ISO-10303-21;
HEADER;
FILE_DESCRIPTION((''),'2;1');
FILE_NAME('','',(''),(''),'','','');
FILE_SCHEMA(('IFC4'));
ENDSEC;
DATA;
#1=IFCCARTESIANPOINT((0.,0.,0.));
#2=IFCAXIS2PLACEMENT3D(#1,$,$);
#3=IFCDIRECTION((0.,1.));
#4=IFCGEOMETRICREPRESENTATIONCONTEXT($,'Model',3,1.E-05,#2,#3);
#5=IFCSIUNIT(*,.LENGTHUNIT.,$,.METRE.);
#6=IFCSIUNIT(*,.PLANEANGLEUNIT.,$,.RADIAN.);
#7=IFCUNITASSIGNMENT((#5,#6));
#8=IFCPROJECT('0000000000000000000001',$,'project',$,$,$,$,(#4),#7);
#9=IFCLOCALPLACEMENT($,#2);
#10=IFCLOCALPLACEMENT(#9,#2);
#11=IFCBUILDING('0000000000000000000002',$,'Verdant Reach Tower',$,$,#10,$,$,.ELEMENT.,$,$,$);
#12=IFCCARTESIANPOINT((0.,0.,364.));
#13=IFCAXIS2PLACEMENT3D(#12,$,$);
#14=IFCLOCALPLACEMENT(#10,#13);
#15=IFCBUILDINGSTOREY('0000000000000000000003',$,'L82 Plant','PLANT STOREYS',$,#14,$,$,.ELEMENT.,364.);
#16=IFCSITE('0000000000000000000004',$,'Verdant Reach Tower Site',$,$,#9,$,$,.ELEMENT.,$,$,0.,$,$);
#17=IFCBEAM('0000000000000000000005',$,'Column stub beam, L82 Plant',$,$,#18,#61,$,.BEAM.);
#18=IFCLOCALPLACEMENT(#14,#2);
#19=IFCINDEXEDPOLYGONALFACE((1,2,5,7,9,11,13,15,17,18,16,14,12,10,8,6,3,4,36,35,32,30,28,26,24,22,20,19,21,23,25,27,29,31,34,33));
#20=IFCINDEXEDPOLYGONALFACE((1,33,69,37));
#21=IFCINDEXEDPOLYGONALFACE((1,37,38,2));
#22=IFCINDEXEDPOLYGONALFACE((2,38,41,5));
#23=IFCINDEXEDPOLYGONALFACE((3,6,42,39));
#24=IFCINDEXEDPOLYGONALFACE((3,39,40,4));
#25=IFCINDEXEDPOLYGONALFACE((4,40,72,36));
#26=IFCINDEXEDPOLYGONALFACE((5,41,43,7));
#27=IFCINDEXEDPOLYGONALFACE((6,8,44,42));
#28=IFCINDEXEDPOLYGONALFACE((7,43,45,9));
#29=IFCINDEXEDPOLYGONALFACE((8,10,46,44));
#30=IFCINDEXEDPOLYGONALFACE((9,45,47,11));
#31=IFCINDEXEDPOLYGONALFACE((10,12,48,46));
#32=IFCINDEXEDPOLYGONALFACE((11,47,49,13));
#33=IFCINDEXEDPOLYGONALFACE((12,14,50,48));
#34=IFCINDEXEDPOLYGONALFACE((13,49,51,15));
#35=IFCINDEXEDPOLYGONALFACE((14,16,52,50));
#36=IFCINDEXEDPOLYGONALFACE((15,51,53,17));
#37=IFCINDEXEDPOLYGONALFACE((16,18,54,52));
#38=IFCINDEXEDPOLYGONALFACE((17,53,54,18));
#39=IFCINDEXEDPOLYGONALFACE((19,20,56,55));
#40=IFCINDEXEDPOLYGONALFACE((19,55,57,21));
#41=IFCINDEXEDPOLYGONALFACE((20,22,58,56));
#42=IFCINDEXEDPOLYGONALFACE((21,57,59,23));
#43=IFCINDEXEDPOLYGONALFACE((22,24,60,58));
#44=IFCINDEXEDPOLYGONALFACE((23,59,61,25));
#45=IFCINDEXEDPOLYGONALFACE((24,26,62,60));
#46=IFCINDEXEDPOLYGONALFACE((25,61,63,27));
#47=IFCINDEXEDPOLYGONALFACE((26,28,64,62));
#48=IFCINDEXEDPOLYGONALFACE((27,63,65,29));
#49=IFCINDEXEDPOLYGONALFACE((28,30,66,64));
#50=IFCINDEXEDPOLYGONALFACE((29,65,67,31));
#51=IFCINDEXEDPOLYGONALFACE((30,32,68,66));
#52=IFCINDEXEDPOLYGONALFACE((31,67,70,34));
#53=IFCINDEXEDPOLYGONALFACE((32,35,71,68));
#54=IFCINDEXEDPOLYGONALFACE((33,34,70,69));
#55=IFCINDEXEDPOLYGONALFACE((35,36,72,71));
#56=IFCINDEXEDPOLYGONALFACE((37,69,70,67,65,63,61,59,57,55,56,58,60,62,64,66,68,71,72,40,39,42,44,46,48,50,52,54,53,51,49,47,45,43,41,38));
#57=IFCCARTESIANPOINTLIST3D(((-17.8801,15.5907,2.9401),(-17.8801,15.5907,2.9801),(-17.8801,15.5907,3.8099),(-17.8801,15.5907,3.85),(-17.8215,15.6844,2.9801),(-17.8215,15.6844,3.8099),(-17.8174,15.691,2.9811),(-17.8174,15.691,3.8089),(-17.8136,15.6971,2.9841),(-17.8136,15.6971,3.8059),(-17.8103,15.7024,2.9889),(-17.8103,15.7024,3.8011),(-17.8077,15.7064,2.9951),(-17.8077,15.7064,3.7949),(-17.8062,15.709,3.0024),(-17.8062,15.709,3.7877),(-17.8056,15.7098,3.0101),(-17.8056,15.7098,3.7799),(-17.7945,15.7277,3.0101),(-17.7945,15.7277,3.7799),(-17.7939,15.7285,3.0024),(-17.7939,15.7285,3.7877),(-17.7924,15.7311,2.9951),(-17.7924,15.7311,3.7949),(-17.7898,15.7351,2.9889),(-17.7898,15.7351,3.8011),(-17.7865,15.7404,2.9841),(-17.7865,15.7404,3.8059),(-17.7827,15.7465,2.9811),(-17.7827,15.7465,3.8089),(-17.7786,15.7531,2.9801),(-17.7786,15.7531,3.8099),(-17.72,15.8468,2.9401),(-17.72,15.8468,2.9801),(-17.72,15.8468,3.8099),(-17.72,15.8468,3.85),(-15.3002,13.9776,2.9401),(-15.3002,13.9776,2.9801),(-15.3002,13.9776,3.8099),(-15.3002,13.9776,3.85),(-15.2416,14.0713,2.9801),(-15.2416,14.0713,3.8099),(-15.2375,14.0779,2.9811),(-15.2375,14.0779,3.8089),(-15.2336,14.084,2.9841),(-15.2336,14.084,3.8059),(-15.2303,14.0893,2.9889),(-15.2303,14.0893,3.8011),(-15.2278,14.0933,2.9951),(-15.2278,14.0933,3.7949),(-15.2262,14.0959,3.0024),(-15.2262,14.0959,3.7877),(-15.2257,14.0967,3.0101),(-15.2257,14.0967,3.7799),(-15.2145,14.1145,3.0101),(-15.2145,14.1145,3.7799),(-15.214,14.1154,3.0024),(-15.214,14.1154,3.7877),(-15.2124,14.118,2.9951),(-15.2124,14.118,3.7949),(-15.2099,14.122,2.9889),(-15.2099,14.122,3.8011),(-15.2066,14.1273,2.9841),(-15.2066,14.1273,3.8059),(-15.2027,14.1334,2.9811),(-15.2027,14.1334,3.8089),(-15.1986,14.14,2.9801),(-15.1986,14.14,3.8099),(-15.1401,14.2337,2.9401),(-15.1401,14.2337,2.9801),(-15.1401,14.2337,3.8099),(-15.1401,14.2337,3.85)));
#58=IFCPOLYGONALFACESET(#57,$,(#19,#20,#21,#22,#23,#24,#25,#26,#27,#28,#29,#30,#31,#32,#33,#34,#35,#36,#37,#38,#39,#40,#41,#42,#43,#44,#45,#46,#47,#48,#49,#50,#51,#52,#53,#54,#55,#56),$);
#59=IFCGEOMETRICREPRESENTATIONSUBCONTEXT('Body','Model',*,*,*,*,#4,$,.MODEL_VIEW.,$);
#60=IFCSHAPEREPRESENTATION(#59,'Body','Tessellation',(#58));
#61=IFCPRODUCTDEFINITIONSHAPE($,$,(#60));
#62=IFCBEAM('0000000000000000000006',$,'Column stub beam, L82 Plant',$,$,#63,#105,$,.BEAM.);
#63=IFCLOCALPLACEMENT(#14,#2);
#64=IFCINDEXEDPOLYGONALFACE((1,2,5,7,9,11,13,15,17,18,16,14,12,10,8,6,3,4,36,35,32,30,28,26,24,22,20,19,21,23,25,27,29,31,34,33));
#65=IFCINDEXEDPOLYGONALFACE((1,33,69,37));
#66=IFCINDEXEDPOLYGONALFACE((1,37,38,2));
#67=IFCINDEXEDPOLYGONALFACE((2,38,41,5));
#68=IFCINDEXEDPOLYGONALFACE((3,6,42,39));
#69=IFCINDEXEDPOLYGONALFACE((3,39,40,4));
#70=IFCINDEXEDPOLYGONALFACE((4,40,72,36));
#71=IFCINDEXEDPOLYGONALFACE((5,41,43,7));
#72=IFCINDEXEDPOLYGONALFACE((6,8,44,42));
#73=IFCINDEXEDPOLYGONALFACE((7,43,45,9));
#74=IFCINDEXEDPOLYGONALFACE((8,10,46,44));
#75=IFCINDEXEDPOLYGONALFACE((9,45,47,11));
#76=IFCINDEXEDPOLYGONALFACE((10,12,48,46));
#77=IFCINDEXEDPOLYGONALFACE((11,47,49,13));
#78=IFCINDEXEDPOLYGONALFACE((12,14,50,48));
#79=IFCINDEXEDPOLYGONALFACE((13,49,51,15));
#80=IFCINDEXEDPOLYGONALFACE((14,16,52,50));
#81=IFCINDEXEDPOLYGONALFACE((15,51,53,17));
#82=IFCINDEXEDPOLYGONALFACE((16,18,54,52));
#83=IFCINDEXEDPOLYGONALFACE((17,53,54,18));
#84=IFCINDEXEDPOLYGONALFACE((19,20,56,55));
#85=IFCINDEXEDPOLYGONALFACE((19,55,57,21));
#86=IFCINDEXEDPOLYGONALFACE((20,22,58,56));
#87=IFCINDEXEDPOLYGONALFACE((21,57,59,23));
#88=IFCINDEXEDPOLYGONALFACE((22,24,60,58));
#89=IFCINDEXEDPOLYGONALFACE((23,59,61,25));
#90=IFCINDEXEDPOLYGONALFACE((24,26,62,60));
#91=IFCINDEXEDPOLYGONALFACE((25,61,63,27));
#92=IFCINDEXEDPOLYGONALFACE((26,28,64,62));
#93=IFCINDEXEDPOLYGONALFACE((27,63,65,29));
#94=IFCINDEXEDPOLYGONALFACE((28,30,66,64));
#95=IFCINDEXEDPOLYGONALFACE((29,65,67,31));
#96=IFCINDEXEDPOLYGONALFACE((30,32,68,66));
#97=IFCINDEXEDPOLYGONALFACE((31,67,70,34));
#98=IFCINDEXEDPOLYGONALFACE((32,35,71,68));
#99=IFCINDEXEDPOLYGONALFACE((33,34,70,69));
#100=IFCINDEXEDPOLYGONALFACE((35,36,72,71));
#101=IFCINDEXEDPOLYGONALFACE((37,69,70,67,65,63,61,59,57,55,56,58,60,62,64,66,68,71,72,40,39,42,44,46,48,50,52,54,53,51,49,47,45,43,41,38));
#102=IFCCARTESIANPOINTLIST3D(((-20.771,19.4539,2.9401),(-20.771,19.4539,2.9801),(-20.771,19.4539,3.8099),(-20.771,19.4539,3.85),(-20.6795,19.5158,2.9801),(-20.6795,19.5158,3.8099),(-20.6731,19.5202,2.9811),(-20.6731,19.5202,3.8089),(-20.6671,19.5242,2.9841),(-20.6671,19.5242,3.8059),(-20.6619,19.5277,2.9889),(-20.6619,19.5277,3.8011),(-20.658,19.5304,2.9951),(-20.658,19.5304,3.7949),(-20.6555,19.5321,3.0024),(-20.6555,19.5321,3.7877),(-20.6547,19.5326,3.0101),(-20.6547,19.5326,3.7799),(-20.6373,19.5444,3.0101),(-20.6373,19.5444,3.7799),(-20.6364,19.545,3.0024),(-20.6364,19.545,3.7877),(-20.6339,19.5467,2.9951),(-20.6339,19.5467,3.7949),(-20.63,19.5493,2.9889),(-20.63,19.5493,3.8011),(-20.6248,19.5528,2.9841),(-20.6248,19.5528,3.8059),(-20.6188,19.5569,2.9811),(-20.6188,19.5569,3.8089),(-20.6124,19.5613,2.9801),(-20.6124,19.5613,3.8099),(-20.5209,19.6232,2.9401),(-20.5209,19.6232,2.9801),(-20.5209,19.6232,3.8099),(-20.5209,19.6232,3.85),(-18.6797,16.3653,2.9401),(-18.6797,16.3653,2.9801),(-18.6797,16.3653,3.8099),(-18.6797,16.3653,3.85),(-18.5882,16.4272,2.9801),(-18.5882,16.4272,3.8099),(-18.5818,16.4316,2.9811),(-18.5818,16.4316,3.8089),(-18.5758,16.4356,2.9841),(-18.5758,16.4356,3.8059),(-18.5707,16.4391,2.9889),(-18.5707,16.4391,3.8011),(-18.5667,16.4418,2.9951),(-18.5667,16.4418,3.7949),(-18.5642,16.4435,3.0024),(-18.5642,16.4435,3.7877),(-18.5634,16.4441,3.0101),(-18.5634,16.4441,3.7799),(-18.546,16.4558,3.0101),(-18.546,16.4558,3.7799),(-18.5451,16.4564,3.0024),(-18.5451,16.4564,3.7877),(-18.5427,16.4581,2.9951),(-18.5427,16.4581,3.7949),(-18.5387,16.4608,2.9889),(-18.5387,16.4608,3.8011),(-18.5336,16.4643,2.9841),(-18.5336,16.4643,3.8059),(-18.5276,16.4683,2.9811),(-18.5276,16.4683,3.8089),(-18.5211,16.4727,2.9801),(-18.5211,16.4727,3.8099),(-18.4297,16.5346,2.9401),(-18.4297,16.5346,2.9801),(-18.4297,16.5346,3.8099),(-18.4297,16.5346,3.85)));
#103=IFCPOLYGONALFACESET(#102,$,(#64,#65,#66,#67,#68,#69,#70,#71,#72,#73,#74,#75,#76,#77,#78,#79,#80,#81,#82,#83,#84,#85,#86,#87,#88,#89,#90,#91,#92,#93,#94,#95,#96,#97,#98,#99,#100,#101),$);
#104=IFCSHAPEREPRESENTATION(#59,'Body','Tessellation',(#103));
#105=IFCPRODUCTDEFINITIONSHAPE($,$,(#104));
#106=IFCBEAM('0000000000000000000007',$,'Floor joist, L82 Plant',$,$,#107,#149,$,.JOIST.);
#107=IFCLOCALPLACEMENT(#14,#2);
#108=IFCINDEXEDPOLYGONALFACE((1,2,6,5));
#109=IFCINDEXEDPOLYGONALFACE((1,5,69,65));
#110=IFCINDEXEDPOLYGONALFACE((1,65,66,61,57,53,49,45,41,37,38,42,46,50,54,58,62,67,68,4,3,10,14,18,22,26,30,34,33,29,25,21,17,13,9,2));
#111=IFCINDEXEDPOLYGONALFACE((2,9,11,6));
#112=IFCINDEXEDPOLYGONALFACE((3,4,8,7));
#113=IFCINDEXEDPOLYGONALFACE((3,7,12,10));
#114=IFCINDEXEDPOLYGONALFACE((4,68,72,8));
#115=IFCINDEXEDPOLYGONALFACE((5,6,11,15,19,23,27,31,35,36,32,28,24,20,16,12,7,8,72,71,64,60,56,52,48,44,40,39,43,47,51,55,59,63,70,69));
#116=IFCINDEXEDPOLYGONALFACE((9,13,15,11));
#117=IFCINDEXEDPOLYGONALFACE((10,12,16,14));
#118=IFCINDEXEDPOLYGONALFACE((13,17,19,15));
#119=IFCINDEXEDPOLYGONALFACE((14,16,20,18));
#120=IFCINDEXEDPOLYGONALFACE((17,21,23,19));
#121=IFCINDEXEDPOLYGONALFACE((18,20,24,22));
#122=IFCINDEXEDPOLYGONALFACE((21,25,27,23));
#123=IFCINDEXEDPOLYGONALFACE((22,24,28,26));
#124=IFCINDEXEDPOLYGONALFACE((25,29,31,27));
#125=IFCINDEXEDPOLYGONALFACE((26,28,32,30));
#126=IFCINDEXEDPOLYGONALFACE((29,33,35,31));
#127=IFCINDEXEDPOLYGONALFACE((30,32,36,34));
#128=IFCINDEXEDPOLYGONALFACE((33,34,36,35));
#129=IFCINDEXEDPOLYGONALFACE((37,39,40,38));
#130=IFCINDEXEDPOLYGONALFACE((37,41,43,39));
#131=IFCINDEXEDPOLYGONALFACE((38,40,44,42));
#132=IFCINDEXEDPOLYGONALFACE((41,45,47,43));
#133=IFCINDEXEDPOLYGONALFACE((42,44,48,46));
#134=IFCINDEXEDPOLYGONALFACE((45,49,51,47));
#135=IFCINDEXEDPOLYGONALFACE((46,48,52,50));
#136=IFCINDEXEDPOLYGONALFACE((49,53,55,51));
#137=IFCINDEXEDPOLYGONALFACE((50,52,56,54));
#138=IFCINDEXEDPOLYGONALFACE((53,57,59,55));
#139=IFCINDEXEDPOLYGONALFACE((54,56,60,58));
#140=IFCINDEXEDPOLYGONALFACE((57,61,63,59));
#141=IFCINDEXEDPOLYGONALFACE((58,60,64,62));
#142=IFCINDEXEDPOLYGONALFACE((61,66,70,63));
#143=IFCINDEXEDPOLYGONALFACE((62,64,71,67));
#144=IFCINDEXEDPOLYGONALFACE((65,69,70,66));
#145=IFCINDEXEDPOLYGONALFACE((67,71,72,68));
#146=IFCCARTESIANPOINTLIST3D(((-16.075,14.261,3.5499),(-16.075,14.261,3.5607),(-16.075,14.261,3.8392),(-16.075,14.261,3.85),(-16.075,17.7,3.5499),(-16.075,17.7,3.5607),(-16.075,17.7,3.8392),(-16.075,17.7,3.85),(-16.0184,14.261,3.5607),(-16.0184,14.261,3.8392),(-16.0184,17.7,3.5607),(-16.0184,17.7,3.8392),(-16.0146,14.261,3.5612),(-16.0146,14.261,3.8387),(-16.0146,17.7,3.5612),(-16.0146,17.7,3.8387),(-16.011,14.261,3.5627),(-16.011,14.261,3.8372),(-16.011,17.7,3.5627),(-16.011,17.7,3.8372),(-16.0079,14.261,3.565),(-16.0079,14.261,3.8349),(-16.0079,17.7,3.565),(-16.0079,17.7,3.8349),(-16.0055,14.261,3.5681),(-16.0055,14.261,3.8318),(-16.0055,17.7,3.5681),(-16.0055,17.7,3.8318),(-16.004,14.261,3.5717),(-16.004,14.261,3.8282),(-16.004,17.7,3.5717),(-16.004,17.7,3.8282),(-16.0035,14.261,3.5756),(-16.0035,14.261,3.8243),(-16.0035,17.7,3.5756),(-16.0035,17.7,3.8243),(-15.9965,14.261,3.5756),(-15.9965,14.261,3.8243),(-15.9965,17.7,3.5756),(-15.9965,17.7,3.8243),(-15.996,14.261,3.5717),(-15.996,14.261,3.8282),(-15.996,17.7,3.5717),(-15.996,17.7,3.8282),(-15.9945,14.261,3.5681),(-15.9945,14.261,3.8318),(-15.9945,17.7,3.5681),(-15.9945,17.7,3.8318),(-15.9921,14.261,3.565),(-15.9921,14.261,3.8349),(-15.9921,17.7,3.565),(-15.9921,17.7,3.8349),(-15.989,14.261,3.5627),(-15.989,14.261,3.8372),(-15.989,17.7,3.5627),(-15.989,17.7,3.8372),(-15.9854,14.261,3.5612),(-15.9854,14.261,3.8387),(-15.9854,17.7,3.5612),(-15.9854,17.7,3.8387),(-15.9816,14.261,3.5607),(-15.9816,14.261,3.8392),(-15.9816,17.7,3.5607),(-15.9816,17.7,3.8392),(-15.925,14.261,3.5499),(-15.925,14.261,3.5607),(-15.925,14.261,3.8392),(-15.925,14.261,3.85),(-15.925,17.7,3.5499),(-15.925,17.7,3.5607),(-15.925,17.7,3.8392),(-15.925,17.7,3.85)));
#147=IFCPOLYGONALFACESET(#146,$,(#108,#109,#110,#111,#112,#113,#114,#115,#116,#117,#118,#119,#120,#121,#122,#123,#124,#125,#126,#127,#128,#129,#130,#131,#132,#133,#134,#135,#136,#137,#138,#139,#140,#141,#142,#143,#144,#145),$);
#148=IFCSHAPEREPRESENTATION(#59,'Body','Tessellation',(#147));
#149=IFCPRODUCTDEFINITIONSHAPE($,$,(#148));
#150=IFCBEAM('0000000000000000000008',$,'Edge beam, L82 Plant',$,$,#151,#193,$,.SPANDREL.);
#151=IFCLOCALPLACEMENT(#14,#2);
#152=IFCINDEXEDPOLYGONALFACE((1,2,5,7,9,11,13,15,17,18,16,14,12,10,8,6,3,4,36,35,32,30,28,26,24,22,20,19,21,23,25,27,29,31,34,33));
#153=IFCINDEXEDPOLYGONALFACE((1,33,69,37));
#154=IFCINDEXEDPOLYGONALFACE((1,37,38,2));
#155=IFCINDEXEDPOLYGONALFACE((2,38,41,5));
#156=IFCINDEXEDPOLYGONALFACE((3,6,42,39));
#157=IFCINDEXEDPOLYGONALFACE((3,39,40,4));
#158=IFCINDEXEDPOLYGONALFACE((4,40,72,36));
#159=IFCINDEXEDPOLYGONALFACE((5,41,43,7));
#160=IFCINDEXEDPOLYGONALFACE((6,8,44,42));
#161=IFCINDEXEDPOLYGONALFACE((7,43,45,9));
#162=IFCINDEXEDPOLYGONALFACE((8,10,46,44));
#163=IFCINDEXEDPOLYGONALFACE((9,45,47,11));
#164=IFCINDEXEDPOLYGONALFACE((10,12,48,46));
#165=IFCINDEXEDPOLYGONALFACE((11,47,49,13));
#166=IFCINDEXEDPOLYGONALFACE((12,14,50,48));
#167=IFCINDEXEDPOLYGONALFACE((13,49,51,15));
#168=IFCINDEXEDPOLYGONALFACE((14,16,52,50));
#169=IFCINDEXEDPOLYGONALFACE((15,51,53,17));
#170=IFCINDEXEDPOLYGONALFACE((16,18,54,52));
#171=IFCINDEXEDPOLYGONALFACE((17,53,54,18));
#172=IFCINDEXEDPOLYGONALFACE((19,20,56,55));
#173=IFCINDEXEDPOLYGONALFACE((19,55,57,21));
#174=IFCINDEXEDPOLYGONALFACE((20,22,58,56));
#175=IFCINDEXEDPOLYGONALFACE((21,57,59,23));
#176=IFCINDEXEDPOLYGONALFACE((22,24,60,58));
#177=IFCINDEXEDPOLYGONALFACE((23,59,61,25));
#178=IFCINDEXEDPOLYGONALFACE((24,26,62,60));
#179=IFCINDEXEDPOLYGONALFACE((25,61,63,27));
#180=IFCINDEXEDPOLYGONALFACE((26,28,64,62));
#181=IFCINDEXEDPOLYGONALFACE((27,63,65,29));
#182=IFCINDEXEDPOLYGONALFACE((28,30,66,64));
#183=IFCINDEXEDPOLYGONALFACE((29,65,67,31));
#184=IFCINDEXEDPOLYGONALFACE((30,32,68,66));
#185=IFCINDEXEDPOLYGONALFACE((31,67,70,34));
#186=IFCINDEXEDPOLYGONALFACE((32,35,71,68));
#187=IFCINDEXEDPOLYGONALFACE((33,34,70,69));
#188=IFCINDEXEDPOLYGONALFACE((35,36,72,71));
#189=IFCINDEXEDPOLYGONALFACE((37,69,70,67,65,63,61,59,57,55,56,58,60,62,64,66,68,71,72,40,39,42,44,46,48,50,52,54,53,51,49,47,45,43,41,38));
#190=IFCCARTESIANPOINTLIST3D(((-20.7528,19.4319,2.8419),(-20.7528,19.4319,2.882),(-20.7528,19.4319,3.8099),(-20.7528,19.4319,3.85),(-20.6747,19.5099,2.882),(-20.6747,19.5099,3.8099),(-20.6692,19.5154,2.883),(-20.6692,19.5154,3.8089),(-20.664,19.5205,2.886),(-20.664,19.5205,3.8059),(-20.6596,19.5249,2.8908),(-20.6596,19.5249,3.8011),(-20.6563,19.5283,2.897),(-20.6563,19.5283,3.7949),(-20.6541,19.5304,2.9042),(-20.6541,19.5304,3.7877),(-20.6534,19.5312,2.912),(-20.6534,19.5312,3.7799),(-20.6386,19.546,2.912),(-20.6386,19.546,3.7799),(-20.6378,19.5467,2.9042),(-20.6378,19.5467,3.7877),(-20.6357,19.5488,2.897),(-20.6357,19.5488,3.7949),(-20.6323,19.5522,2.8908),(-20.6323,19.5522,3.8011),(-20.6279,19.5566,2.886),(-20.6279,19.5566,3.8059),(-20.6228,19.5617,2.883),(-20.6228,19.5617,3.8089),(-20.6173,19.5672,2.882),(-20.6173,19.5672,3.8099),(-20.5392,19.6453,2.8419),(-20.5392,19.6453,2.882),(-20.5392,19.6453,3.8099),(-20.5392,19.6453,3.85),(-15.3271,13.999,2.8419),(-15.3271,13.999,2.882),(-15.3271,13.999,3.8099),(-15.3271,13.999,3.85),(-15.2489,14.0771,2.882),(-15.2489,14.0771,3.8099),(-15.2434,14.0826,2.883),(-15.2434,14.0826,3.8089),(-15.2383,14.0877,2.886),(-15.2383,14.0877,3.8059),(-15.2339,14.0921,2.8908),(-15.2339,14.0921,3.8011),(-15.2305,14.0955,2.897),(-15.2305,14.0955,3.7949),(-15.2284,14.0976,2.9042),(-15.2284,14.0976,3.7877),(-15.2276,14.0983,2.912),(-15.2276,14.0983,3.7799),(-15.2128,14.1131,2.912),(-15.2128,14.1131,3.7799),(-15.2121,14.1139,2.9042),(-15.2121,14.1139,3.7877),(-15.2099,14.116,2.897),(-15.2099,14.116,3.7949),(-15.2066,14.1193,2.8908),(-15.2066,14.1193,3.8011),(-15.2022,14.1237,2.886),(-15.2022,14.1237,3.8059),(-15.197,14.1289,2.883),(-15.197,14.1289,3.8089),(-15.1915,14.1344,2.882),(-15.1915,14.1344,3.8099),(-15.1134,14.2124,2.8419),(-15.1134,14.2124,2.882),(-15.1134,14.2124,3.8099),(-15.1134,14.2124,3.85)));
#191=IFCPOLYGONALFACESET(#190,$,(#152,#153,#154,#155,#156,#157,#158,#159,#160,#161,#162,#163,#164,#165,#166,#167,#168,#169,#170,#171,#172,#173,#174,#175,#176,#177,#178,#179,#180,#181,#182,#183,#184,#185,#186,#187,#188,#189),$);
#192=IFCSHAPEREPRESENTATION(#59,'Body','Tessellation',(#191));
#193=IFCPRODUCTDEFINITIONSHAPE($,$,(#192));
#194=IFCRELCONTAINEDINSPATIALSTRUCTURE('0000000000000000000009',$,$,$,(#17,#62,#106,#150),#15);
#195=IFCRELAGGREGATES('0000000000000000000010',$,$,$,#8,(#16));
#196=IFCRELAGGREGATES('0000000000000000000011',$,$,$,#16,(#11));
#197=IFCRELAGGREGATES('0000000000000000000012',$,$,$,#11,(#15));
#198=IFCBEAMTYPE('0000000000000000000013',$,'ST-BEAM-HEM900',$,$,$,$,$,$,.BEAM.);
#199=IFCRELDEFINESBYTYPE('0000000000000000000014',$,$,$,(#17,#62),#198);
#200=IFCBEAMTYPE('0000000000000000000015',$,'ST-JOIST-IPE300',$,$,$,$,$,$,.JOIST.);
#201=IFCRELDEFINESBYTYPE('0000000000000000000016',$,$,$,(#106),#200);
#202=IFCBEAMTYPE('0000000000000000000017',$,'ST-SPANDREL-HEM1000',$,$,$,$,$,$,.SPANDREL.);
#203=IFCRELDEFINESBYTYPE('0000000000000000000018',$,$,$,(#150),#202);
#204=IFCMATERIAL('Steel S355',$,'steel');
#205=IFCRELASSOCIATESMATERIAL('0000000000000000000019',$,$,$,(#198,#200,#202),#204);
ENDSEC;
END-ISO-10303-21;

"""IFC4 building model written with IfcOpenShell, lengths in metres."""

from ifc_helpers import new_model, si_unit, direction, frame, origin, origin_2d, place, context, subcontext, project, spatial, i_section, extrude, material, material_profile, profile_set, type_object, element, save


model = new_model("IFC4")

# Units and contexts
model_context = context("Model", 3, precision=1e-05, world=origin(), true_north=direction((0.0, 1.0)))
body_context = subcontext(model_context, "Body", "Model", "MODEL_VIEW")
ifc_project = project(units=[si_unit("LENGTHUNIT", "METRE"), si_unit("PLANEANGLEUNIT", "RADIAN")], contexts=[model_context])

# Site, building, storey
site_placement = place(None, origin())
site = spatial("IfcSite", under=ifc_project, at=site_placement, Name="Verdant Reach Tower Site", CompositionType="ELEMENT", RefElevation=0.0)
building_placement = place(site_placement, origin())
building = spatial("IfcBuilding", under=site, at=building_placement, Name="Verdant Reach Tower", CompositionType="ELEMENT")
storey_placement = place(building_placement, frame((0.0, 0.0, 364.0)))
storey = spatial("IfcBuildingStorey", under=building, at=storey_placement, Name="L82 Plant", Description="PLANT STOREYS", CompositionType="ELEMENT", Elevation=364.0)

# Beams
ifc_material_1 = material(Name="Steel S355", Category="steel")
ifc_material_profile_1 = material_profile(ifc_material_1, i_section(OverallWidth=0.302, OverallDepth=0.9099, WebThickness=0.021, FlangeThickness=0.04, FilletRadius=0.03, at=origin_2d()), Name="HEM 900")
ifc_profile_set_1 = profile_set([ifc_material_profile_1], Name="Steel S355")
beam_type_1 = type_object("IfcBeamType", Name="ST-BEAM-HEM900", PredefinedType="BEAM", material=ifc_profile_set_1)
beam_1_placement = place(storey_placement, frame((-17.8, 15.7188, 3.395), z_axis=(0.847904, -0.53015, 0.0), x_axis=(0.53015, 0.847904, 0.0)))
element("IfcBeam", 1, at=beam_1_placement, inside=storey, type_object=beam_type_1, Name="Column stub beam, L82 Plant", PredefinedType="BEAM", context=body_context, shape_type="SweptSolid", body=[
    extrude(i_section(OverallWidth=0.302, OverallDepth=0.9099, WebThickness=0.021, FlangeThickness=0.04, FilletRadius=0.03, at=origin_2d()), origin(), (0.0, 0.0, 1.0), 3.0427),
])
beam_2_placement = place(storey_placement, frame((-18.5547, 16.45, 3.395), z_axis=(-0.560667, 0.828041, 0.0), x_axis=(-0.828041, -0.560667, 0.0)))
element("IfcBeam", 2, at=beam_2_placement, inside=storey, type_object=beam_type_1, Name="Column stub beam, L82 Plant", PredefinedType="BEAM", context=body_context, shape_type="SweptSolid", body=[
    extrude(i_section(OverallWidth=0.302, OverallDepth=0.9099, WebThickness=0.021, FlangeThickness=0.04, FilletRadius=0.03, at=origin_2d()), origin(), (0.0, 0.0, 1.0), 3.73),
])
ifc_material_profile_2 = material_profile(ifc_material_1, i_section(OverallWidth=0.1499, OverallDepth=0.3, WebThickness=0.0071, FlangeThickness=0.0107, FilletRadius=0.0149, at=origin_2d()), Name="IPE 300")
ifc_profile_set_2 = profile_set([ifc_material_profile_2], Name="Steel S355")
beam_type_2 = type_object("IfcBeamType", Name="ST-JOIST-IPE300", PredefinedType="JOIST", material=ifc_profile_set_2)
beam_3_placement = place(storey_placement, frame((-16.0, 17.7, 3.7), z_axis=(0.0, -1.0, 0.0), x_axis=(1.0, 0.0, 0.0)))
element("IfcBeam", 3, at=beam_3_placement, inside=storey, type_object=beam_type_2, Name="Floor joist, L82 Plant", PredefinedType="JOIST", context=body_context, shape_type="SweptSolid", body=[
    extrude(i_section(OverallWidth=0.1499, OverallDepth=0.3, WebThickness=0.0071, FlangeThickness=0.0107, FilletRadius=0.0149, at=origin_2d()), origin(), (0.0, 0.0, 1.0), 3.439),
])
ifc_material_profile_3 = material_profile(ifc_material_1, i_section(OverallWidth=0.302, OverallDepth=1.0081, WebThickness=0.021, FlangeThickness=0.04, FilletRadius=0.03, at=origin_2d()), Name="HEM 1000")
ifc_profile_set_3 = profile_set([ifc_material_profile_3], Name="Steel S355")
beam_type_3 = type_object("IfcBeamType", Name="ST-SPANDREL-HEM1000", PredefinedType="SPANDREL", material=ifc_profile_set_3)
beam_4_placement = place(storey_placement, frame((-15.2202, 14.1057, 3.3459), z_axis=(-0.706646, 0.707568, 0.0), x_axis=(-0.707568, -0.706646, 0.0)))
element("IfcBeam", 4, at=beam_4_placement, inside=storey, type_object=beam_type_3, Name="Edge beam, L82 Plant", PredefinedType="SPANDREL", context=body_context, shape_type="SweptSolid", body=[
    extrude(i_section(OverallWidth=0.302, OverallDepth=1.0081, WebThickness=0.021, FlangeThickness=0.04, FilletRadius=0.03, at=origin_2d()), origin(), (0.0, 0.0, 1.0), 7.6782),
])

save(model, "model.ifc")
